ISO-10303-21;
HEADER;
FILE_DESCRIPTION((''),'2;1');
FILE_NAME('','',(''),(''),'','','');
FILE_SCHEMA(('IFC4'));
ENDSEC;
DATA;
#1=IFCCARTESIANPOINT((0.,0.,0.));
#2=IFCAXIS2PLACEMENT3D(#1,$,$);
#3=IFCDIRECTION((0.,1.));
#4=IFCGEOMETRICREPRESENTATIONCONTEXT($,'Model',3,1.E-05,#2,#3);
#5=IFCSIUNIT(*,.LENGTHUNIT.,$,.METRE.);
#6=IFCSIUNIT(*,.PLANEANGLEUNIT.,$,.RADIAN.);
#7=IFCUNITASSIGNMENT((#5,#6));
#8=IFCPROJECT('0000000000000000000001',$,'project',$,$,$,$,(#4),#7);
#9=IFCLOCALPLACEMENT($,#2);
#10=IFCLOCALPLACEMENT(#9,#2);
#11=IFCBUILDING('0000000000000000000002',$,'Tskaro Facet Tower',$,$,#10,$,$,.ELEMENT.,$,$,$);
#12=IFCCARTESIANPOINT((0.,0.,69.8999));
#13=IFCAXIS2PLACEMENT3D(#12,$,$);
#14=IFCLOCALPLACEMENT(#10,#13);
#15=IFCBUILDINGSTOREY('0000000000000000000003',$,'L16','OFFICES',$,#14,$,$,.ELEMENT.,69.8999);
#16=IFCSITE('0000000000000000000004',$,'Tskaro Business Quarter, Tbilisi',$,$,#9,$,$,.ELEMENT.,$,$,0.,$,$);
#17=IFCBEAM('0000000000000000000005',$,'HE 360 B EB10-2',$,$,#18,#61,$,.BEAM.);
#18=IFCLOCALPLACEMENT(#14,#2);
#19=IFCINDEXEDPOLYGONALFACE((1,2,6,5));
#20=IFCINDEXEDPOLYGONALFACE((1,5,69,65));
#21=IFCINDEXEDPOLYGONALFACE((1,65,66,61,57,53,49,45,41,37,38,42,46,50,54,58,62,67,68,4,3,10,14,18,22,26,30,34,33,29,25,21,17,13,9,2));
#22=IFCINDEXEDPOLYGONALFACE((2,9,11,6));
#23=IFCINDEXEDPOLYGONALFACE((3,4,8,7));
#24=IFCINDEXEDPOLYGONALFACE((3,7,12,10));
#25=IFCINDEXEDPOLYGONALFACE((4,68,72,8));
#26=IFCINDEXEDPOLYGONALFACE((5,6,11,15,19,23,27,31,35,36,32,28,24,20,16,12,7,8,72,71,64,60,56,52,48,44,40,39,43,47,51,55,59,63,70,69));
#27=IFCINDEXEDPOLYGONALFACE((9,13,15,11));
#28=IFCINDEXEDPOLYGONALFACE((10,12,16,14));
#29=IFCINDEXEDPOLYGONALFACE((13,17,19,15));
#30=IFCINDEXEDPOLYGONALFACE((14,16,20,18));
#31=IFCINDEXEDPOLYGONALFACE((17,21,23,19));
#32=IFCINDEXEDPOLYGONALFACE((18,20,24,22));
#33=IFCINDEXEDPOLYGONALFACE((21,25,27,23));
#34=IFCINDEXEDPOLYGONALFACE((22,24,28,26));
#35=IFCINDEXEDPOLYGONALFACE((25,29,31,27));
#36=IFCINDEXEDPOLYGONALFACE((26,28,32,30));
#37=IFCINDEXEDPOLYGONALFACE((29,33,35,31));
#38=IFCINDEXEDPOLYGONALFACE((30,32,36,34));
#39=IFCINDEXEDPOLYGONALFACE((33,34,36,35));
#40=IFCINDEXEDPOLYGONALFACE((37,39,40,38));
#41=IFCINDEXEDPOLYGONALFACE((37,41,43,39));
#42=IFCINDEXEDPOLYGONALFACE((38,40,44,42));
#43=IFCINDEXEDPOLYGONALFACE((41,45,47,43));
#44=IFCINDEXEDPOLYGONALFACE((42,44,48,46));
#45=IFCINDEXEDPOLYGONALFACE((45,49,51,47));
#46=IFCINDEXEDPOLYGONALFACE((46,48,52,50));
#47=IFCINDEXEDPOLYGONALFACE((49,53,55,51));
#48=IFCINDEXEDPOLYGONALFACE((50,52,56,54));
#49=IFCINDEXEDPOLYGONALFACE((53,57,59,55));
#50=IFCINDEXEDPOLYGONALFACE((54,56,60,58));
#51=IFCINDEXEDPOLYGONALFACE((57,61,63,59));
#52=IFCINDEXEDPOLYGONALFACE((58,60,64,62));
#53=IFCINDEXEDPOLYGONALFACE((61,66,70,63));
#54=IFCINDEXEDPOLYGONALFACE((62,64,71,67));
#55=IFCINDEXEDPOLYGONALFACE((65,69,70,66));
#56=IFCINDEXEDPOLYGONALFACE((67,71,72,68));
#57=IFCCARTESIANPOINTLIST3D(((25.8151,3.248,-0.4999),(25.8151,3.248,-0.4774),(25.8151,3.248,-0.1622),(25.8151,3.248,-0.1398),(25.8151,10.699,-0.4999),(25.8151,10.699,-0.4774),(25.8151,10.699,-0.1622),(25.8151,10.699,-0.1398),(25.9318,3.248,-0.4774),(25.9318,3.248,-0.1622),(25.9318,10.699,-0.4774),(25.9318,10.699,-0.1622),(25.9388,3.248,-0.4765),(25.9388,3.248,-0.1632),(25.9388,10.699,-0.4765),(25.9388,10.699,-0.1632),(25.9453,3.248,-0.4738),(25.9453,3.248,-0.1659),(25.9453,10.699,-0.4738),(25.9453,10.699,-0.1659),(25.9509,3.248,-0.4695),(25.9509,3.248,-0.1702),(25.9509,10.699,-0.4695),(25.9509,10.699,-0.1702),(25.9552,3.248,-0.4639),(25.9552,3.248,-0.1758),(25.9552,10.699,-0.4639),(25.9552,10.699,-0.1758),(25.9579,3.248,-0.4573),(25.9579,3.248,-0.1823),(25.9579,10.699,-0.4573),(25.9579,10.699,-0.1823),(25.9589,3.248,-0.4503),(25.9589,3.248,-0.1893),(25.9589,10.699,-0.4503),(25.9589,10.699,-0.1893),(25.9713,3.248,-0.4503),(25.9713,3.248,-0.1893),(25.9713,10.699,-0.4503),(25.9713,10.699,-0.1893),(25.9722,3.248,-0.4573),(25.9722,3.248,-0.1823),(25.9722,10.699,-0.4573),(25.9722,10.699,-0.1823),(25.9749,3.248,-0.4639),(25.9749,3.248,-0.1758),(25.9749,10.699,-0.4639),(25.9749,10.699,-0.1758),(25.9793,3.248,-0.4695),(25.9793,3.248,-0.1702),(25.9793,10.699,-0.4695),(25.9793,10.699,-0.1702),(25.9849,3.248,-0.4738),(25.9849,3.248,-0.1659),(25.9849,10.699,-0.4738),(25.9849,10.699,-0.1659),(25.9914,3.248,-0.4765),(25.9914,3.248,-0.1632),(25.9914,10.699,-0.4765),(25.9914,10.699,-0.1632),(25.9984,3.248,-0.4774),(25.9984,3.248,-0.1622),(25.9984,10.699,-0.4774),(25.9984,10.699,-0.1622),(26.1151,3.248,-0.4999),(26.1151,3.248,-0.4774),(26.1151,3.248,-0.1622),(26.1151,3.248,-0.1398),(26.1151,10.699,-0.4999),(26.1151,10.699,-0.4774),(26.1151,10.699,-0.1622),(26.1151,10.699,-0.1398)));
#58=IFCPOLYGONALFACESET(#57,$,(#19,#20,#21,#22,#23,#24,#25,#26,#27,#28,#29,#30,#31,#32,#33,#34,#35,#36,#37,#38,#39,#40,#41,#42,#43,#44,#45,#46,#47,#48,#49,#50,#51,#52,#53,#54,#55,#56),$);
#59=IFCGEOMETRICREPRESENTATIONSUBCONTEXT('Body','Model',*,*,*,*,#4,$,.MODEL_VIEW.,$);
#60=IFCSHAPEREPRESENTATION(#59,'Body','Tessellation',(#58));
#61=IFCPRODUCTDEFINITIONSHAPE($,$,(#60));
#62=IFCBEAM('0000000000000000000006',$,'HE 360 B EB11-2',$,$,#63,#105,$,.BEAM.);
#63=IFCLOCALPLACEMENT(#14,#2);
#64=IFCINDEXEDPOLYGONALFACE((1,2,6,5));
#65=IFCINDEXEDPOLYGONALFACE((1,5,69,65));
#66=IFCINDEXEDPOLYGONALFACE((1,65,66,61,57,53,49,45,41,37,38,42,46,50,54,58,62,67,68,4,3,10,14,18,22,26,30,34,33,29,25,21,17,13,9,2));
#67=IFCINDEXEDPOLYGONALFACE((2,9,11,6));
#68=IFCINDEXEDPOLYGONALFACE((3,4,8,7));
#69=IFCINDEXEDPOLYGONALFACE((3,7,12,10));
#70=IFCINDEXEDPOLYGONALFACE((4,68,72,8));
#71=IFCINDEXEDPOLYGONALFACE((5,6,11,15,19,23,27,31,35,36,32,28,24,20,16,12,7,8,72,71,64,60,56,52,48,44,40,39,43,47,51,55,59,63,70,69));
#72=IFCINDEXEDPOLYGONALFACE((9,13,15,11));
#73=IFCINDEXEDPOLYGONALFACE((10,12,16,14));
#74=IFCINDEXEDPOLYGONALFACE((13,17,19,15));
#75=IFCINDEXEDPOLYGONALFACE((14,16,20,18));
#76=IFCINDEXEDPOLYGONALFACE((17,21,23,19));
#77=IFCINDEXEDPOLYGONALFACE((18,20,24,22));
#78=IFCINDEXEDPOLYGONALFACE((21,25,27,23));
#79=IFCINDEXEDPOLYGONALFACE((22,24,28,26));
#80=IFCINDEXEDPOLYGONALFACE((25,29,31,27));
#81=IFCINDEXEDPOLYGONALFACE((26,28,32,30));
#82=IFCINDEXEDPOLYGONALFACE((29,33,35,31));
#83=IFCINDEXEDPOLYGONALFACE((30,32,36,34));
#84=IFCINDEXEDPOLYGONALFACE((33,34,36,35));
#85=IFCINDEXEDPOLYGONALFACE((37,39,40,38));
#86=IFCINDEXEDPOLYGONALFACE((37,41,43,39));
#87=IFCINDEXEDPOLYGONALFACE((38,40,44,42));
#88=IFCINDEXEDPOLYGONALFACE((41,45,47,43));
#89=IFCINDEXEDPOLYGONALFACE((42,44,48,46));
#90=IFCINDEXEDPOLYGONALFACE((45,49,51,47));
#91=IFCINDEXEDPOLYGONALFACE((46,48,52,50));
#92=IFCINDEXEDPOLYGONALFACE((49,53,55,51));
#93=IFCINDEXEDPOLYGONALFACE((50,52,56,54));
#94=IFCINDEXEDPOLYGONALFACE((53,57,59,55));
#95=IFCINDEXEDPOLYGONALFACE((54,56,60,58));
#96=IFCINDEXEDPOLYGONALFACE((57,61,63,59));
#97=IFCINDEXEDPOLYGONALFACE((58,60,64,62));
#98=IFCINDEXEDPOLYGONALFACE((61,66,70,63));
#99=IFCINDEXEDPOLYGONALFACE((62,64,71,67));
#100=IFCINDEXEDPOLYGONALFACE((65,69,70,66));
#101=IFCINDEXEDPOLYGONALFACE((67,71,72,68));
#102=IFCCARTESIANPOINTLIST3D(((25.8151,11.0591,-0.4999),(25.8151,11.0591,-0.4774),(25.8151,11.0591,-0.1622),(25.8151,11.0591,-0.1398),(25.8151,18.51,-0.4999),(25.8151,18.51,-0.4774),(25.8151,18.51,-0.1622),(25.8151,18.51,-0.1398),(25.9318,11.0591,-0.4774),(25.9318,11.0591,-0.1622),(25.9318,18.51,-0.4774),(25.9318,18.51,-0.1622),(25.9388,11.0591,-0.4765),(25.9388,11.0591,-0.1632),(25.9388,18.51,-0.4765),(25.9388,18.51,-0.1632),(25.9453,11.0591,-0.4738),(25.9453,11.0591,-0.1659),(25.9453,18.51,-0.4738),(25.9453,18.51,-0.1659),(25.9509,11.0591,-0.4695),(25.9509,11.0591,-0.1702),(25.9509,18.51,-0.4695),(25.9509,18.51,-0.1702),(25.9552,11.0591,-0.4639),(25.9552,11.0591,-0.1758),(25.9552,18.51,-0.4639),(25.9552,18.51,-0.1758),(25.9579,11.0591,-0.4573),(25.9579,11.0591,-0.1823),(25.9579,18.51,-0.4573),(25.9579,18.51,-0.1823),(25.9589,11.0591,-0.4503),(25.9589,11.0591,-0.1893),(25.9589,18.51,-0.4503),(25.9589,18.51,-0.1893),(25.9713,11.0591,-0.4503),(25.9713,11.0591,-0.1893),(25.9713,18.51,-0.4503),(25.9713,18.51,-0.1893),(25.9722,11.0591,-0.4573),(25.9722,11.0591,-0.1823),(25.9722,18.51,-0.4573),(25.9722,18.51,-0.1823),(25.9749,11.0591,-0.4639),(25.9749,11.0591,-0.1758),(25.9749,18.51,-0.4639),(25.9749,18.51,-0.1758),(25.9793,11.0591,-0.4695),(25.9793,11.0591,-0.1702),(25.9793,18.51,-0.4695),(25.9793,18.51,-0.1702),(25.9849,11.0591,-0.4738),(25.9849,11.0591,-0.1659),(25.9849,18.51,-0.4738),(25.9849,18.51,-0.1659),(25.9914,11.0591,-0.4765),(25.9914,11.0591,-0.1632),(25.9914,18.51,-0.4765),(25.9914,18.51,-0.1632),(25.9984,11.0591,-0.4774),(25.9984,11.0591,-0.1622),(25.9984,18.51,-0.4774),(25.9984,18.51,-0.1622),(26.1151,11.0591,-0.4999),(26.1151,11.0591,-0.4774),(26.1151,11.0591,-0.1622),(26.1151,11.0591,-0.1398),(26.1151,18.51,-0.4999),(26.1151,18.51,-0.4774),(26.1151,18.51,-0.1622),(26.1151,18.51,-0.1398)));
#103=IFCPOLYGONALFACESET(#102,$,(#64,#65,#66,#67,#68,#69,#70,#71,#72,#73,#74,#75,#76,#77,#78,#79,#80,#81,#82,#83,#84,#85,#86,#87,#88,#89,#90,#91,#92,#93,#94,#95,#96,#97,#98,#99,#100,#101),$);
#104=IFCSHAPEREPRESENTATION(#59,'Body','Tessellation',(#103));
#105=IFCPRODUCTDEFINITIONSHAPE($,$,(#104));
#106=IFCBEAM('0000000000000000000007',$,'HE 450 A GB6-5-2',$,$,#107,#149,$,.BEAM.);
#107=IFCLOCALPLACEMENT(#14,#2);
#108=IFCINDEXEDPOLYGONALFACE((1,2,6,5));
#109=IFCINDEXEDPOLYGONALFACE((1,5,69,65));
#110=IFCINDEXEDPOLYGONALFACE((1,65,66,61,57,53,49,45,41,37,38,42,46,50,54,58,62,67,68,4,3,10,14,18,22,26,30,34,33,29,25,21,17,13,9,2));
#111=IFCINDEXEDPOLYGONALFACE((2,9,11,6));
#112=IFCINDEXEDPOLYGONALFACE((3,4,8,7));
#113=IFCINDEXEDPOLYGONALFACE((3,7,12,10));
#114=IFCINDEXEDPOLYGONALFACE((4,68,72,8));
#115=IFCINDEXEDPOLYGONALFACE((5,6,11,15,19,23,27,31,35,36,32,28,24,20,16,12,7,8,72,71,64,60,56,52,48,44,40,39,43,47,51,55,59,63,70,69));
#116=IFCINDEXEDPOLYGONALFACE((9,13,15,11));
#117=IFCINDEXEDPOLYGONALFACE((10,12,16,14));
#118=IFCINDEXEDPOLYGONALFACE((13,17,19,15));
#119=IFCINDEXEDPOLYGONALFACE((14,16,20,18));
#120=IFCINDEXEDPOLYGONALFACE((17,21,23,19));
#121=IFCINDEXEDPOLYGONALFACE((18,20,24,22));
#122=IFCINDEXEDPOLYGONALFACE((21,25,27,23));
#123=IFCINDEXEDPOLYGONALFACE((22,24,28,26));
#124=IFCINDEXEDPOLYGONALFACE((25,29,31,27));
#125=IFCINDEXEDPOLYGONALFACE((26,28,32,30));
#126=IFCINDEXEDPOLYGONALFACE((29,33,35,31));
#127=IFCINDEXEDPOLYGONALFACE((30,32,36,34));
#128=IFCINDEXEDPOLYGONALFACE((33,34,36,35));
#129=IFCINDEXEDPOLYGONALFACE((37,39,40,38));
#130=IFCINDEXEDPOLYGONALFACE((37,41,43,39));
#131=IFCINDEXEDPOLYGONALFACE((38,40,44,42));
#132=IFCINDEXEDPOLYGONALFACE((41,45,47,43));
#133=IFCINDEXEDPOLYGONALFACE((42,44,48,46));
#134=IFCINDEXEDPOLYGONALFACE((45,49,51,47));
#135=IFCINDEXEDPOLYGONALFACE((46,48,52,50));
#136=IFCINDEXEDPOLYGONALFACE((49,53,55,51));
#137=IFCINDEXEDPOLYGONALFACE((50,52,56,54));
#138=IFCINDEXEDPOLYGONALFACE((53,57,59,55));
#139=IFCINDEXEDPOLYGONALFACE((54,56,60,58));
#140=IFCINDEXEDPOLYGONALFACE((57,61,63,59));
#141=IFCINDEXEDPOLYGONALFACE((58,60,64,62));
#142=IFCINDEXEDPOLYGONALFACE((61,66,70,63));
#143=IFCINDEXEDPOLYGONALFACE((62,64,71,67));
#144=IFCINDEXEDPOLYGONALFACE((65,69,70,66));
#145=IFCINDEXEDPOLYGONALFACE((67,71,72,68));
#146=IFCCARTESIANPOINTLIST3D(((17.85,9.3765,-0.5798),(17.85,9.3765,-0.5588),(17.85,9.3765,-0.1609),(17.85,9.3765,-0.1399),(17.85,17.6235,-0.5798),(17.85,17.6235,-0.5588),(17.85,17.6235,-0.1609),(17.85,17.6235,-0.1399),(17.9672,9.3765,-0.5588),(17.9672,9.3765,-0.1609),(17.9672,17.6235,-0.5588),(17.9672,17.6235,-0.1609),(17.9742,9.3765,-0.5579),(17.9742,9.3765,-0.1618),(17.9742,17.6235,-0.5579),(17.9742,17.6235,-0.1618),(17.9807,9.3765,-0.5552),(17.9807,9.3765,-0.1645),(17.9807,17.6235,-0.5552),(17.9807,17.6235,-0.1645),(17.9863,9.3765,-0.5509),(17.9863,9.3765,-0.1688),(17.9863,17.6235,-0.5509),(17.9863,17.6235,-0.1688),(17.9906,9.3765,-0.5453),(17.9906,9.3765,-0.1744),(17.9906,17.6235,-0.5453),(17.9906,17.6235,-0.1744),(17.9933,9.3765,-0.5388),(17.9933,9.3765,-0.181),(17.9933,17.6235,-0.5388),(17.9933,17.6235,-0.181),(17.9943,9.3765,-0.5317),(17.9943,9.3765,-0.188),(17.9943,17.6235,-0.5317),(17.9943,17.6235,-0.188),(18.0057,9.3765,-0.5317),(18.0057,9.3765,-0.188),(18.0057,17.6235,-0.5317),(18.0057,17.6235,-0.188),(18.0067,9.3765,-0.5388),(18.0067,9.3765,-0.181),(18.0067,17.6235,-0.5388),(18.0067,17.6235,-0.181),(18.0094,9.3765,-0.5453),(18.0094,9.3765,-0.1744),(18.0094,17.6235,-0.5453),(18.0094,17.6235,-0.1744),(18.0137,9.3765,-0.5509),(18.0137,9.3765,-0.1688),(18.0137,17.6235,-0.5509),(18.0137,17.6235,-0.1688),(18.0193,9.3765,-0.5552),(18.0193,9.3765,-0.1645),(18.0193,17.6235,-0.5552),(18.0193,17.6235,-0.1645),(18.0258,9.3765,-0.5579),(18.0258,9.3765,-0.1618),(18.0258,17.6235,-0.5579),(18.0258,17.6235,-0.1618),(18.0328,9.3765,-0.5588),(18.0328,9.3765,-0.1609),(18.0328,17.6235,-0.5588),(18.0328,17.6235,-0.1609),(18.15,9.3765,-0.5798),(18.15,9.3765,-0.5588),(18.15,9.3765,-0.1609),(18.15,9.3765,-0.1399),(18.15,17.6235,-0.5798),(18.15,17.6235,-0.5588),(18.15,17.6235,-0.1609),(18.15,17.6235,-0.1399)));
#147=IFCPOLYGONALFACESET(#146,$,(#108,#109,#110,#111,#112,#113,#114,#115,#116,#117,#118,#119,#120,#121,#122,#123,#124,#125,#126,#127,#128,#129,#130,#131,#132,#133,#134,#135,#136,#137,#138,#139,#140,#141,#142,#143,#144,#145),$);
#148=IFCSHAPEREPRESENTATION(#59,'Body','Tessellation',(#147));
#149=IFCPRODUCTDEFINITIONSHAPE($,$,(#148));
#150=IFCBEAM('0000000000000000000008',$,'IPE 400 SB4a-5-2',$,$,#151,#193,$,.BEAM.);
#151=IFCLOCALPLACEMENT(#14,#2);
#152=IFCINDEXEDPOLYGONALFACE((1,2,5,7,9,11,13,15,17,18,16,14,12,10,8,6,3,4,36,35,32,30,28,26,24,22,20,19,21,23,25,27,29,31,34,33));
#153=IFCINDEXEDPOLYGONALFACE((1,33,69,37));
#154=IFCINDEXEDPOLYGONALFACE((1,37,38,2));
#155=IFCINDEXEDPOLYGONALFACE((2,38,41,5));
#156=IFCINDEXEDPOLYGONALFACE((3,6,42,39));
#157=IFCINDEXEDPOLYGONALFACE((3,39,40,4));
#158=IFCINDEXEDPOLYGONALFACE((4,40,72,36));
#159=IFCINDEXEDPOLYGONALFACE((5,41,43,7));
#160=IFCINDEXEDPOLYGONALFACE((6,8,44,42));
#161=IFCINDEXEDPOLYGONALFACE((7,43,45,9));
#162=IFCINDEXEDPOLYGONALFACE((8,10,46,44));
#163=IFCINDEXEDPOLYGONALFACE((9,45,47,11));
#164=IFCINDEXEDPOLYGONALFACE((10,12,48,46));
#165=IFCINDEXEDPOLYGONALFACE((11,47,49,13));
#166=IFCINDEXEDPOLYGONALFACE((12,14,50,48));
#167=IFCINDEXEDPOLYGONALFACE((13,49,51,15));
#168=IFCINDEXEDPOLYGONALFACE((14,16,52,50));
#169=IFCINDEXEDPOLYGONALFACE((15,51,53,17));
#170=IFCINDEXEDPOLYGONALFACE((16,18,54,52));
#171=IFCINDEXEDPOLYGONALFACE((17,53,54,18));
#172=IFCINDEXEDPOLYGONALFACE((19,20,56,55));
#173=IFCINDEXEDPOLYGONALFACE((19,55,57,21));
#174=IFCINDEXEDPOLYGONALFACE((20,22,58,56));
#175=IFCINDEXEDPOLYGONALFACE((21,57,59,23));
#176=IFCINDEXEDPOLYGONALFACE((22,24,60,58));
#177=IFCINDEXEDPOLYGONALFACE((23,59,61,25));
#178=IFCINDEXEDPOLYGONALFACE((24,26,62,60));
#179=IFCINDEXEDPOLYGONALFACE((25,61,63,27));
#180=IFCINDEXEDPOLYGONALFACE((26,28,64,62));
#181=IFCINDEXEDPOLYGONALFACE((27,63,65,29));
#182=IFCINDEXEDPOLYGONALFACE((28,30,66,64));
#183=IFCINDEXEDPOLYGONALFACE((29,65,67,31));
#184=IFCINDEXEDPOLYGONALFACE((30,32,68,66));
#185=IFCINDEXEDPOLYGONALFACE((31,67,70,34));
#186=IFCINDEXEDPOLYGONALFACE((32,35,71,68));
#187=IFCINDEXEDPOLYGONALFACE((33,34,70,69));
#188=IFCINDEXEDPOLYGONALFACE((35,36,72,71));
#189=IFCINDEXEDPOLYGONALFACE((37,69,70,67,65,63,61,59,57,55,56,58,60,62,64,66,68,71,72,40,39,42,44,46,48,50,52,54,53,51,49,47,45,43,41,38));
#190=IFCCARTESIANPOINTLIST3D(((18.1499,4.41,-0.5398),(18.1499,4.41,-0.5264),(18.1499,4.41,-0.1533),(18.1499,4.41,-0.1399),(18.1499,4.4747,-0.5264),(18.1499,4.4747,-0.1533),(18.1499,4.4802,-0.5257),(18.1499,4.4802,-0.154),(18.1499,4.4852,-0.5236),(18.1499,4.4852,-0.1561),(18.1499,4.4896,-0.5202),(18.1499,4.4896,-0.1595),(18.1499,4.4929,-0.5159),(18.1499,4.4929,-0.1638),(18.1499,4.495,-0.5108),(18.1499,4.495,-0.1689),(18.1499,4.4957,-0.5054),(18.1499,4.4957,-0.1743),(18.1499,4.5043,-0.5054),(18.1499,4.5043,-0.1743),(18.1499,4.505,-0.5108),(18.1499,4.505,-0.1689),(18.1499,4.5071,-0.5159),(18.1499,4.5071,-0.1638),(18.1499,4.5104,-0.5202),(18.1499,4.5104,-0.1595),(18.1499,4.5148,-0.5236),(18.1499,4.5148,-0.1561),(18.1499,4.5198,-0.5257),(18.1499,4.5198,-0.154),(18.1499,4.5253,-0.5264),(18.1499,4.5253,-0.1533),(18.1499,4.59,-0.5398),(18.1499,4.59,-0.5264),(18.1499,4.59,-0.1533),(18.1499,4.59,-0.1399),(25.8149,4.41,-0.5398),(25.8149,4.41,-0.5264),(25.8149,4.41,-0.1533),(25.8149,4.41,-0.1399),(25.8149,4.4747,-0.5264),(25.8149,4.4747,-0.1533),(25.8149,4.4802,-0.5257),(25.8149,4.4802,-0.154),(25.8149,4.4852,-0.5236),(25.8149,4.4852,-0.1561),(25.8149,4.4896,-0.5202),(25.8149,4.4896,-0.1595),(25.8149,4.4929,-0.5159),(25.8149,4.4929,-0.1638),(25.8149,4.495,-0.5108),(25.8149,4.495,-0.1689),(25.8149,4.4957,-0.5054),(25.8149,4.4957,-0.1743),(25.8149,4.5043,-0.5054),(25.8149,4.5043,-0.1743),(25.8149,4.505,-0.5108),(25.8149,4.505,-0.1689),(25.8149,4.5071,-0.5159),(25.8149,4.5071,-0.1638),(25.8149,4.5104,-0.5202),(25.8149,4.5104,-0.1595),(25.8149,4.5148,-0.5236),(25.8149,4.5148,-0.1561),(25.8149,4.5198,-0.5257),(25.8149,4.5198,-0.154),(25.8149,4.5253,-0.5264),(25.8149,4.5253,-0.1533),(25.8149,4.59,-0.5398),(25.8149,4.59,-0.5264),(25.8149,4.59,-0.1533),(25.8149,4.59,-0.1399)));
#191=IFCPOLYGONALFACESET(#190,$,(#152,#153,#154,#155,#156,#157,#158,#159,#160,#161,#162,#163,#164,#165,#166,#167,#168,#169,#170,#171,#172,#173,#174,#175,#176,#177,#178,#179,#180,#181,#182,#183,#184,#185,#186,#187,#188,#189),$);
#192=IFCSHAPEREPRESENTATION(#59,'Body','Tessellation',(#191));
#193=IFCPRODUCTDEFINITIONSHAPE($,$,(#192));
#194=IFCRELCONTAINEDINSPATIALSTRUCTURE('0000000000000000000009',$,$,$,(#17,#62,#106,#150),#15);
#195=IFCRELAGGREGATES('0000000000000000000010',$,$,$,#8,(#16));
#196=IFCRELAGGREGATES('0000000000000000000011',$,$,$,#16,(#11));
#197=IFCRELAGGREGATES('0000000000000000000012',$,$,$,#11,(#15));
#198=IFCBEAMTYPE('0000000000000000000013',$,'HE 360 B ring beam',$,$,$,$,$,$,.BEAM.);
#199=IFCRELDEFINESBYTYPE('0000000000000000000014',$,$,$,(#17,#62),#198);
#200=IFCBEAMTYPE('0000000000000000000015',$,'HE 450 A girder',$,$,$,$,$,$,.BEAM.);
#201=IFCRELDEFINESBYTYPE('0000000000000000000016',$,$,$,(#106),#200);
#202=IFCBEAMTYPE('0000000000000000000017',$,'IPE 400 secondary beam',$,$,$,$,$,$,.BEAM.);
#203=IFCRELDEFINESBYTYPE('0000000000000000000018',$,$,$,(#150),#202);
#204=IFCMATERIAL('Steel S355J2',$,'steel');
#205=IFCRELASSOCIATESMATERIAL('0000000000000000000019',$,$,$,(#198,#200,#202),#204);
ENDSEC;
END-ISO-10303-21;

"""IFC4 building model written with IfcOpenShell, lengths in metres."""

from ifc_helpers import new_model, si_unit, direction, frame, origin, origin_2d, place, context, subcontext, project, spatial, i_section, extrude, material, material_profile, profile_set, type_object, element, save


model = new_model("IFC4")

# Units and contexts
model_context = context("Model", 3, precision=1e-05, world=origin(), true_north=direction((0.0, 1.0)))
body_context = subcontext(model_context, "Body", "Model", "MODEL_VIEW")
ifc_project = project(units=[si_unit("LENGTHUNIT", "METRE"), si_unit("PLANEANGLEUNIT", "RADIAN")], contexts=[model_context])

# Site, building, storey
site_placement = place(None, origin())
site = spatial("IfcSite", under=ifc_project, at=site_placement, Name="Tskaro Business Quarter, Tbilisi", CompositionType="ELEMENT", RefElevation=0.0)
building_placement = place(site_placement, origin())
building = spatial("IfcBuilding", under=site, at=building_placement, Name="Tskaro Facet Tower", CompositionType="ELEMENT")
storey_placement = place(building_placement, frame((0.0, 0.0, 69.8999)))
storey = spatial("IfcBuildingStorey", under=building, at=storey_placement, Name="L16", Description="OFFICES", CompositionType="ELEMENT", Elevation=69.8999)

# Beams
ifc_material_1 = material(Name="Steel S355J2", Category="steel")
ifc_material_profile_1 = material_profile(ifc_material_1, i_section(OverallWidth=0.3, OverallDepth=0.3601, WebThickness=0.0125, FlangeThickness=0.0225, FilletRadius=0.0271, at=origin_2d()), Name="HE 360 B")
ifc_profile_set_1 = profile_set([ifc_material_profile_1], Name="Steel S355J2")
beam_type_1 = type_object("IfcBeamType", Name="HE 360 B ring beam", PredefinedType="BEAM", material=ifc_profile_set_1)
for number, where, z_axis, x_axis, name in (
    (1, (25.9651, 3.248, -0.3198), (0.0, 1.0, 0.0), (-1.0, 0.0, 0.0), "HE 360 B EB10-2"),
    (2, (25.9651, 11.0591, -0.3198), (0.0, 1.0, 0.0), (-1.0, 0.0, 0.0), "HE 360 B EB11-2"),
):
    element("IfcBeam", number, at=place(storey_placement, frame(where, z_axis=z_axis, x_axis=x_axis)), inside=storey, type_object=beam_type_1, Name=name, PredefinedType="BEAM", context=body_context, shape_type="SweptSolid", body=[
        extrude(i_section(OverallWidth=0.3, OverallDepth=0.3601, WebThickness=0.0125, FlangeThickness=0.0225, FilletRadius=0.0271, at=origin_2d()), origin(), (0.0, 0.0, 1.0), 7.4509),
    ])
ifc_material_profile_2 = material_profile(ifc_material_1, i_section(OverallWidth=0.3, OverallDepth=0.4399, WebThickness=0.0115, FlangeThickness=0.021, FilletRadius=0.0271, at=origin_2d()), Name="HE 450 A")
ifc_profile_set_2 = profile_set([ifc_material_profile_2], Name="Steel S355J2")
beam_type_2 = type_object("IfcBeamType", Name="HE 450 A girder", PredefinedType="BEAM", material=ifc_profile_set_2)
beam_1_placement = place(storey_placement, frame((18.0, 9.3765, -0.3599), z_axis=(0.0, 1.0, 0.0), x_axis=(-1.0, 0.0, 0.0)))
element("IfcBeam", 3, at=beam_1_placement, inside=storey, type_object=beam_type_2, Name="HE 450 A GB6-5-2", PredefinedType="BEAM", context=body_context, shape_type="SweptSolid", body=[
    extrude(i_section(OverallWidth=0.3, OverallDepth=0.4399, WebThickness=0.0115, FlangeThickness=0.021, FilletRadius=0.0271, at=origin_2d()), origin(), (0.0, 0.0, 1.0), 8.2471),
])
ifc_material_profile_3 = material_profile(ifc_material_1, i_section(OverallWidth=0.1799, OverallDepth=0.3999, WebThickness=0.0085, FlangeThickness=0.0134, FilletRadius=0.021, at=origin_2d()), Name="IPE 400")
ifc_profile_set_3 = profile_set([ifc_material_profile_3], Name="Steel S355J2")
beam_type_3 = type_object("IfcBeamType", Name="IPE 400 secondary beam", PredefinedType="BEAM", material=ifc_profile_set_3)
beam_2_placement = place(storey_placement, frame((18.1499, 4.5, -0.3398), z_axis=(1.0, 0.0, 0.0), x_axis=(0.0, 1.0, 0.0)))
element("IfcBeam", 4, at=beam_2_placement, inside=storey, type_object=beam_type_3, Name="IPE 400 SB4a-5-2", PredefinedType="BEAM", context=body_context, shape_type="SweptSolid", body=[
    extrude(i_section(OverallWidth=0.1799, OverallDepth=0.3999, WebThickness=0.0085, FlangeThickness=0.0134, FilletRadius=0.021, at=origin_2d()), origin(), (0.0, 0.0, 1.0), 7.665),
])

save(model, "model.ifc")
